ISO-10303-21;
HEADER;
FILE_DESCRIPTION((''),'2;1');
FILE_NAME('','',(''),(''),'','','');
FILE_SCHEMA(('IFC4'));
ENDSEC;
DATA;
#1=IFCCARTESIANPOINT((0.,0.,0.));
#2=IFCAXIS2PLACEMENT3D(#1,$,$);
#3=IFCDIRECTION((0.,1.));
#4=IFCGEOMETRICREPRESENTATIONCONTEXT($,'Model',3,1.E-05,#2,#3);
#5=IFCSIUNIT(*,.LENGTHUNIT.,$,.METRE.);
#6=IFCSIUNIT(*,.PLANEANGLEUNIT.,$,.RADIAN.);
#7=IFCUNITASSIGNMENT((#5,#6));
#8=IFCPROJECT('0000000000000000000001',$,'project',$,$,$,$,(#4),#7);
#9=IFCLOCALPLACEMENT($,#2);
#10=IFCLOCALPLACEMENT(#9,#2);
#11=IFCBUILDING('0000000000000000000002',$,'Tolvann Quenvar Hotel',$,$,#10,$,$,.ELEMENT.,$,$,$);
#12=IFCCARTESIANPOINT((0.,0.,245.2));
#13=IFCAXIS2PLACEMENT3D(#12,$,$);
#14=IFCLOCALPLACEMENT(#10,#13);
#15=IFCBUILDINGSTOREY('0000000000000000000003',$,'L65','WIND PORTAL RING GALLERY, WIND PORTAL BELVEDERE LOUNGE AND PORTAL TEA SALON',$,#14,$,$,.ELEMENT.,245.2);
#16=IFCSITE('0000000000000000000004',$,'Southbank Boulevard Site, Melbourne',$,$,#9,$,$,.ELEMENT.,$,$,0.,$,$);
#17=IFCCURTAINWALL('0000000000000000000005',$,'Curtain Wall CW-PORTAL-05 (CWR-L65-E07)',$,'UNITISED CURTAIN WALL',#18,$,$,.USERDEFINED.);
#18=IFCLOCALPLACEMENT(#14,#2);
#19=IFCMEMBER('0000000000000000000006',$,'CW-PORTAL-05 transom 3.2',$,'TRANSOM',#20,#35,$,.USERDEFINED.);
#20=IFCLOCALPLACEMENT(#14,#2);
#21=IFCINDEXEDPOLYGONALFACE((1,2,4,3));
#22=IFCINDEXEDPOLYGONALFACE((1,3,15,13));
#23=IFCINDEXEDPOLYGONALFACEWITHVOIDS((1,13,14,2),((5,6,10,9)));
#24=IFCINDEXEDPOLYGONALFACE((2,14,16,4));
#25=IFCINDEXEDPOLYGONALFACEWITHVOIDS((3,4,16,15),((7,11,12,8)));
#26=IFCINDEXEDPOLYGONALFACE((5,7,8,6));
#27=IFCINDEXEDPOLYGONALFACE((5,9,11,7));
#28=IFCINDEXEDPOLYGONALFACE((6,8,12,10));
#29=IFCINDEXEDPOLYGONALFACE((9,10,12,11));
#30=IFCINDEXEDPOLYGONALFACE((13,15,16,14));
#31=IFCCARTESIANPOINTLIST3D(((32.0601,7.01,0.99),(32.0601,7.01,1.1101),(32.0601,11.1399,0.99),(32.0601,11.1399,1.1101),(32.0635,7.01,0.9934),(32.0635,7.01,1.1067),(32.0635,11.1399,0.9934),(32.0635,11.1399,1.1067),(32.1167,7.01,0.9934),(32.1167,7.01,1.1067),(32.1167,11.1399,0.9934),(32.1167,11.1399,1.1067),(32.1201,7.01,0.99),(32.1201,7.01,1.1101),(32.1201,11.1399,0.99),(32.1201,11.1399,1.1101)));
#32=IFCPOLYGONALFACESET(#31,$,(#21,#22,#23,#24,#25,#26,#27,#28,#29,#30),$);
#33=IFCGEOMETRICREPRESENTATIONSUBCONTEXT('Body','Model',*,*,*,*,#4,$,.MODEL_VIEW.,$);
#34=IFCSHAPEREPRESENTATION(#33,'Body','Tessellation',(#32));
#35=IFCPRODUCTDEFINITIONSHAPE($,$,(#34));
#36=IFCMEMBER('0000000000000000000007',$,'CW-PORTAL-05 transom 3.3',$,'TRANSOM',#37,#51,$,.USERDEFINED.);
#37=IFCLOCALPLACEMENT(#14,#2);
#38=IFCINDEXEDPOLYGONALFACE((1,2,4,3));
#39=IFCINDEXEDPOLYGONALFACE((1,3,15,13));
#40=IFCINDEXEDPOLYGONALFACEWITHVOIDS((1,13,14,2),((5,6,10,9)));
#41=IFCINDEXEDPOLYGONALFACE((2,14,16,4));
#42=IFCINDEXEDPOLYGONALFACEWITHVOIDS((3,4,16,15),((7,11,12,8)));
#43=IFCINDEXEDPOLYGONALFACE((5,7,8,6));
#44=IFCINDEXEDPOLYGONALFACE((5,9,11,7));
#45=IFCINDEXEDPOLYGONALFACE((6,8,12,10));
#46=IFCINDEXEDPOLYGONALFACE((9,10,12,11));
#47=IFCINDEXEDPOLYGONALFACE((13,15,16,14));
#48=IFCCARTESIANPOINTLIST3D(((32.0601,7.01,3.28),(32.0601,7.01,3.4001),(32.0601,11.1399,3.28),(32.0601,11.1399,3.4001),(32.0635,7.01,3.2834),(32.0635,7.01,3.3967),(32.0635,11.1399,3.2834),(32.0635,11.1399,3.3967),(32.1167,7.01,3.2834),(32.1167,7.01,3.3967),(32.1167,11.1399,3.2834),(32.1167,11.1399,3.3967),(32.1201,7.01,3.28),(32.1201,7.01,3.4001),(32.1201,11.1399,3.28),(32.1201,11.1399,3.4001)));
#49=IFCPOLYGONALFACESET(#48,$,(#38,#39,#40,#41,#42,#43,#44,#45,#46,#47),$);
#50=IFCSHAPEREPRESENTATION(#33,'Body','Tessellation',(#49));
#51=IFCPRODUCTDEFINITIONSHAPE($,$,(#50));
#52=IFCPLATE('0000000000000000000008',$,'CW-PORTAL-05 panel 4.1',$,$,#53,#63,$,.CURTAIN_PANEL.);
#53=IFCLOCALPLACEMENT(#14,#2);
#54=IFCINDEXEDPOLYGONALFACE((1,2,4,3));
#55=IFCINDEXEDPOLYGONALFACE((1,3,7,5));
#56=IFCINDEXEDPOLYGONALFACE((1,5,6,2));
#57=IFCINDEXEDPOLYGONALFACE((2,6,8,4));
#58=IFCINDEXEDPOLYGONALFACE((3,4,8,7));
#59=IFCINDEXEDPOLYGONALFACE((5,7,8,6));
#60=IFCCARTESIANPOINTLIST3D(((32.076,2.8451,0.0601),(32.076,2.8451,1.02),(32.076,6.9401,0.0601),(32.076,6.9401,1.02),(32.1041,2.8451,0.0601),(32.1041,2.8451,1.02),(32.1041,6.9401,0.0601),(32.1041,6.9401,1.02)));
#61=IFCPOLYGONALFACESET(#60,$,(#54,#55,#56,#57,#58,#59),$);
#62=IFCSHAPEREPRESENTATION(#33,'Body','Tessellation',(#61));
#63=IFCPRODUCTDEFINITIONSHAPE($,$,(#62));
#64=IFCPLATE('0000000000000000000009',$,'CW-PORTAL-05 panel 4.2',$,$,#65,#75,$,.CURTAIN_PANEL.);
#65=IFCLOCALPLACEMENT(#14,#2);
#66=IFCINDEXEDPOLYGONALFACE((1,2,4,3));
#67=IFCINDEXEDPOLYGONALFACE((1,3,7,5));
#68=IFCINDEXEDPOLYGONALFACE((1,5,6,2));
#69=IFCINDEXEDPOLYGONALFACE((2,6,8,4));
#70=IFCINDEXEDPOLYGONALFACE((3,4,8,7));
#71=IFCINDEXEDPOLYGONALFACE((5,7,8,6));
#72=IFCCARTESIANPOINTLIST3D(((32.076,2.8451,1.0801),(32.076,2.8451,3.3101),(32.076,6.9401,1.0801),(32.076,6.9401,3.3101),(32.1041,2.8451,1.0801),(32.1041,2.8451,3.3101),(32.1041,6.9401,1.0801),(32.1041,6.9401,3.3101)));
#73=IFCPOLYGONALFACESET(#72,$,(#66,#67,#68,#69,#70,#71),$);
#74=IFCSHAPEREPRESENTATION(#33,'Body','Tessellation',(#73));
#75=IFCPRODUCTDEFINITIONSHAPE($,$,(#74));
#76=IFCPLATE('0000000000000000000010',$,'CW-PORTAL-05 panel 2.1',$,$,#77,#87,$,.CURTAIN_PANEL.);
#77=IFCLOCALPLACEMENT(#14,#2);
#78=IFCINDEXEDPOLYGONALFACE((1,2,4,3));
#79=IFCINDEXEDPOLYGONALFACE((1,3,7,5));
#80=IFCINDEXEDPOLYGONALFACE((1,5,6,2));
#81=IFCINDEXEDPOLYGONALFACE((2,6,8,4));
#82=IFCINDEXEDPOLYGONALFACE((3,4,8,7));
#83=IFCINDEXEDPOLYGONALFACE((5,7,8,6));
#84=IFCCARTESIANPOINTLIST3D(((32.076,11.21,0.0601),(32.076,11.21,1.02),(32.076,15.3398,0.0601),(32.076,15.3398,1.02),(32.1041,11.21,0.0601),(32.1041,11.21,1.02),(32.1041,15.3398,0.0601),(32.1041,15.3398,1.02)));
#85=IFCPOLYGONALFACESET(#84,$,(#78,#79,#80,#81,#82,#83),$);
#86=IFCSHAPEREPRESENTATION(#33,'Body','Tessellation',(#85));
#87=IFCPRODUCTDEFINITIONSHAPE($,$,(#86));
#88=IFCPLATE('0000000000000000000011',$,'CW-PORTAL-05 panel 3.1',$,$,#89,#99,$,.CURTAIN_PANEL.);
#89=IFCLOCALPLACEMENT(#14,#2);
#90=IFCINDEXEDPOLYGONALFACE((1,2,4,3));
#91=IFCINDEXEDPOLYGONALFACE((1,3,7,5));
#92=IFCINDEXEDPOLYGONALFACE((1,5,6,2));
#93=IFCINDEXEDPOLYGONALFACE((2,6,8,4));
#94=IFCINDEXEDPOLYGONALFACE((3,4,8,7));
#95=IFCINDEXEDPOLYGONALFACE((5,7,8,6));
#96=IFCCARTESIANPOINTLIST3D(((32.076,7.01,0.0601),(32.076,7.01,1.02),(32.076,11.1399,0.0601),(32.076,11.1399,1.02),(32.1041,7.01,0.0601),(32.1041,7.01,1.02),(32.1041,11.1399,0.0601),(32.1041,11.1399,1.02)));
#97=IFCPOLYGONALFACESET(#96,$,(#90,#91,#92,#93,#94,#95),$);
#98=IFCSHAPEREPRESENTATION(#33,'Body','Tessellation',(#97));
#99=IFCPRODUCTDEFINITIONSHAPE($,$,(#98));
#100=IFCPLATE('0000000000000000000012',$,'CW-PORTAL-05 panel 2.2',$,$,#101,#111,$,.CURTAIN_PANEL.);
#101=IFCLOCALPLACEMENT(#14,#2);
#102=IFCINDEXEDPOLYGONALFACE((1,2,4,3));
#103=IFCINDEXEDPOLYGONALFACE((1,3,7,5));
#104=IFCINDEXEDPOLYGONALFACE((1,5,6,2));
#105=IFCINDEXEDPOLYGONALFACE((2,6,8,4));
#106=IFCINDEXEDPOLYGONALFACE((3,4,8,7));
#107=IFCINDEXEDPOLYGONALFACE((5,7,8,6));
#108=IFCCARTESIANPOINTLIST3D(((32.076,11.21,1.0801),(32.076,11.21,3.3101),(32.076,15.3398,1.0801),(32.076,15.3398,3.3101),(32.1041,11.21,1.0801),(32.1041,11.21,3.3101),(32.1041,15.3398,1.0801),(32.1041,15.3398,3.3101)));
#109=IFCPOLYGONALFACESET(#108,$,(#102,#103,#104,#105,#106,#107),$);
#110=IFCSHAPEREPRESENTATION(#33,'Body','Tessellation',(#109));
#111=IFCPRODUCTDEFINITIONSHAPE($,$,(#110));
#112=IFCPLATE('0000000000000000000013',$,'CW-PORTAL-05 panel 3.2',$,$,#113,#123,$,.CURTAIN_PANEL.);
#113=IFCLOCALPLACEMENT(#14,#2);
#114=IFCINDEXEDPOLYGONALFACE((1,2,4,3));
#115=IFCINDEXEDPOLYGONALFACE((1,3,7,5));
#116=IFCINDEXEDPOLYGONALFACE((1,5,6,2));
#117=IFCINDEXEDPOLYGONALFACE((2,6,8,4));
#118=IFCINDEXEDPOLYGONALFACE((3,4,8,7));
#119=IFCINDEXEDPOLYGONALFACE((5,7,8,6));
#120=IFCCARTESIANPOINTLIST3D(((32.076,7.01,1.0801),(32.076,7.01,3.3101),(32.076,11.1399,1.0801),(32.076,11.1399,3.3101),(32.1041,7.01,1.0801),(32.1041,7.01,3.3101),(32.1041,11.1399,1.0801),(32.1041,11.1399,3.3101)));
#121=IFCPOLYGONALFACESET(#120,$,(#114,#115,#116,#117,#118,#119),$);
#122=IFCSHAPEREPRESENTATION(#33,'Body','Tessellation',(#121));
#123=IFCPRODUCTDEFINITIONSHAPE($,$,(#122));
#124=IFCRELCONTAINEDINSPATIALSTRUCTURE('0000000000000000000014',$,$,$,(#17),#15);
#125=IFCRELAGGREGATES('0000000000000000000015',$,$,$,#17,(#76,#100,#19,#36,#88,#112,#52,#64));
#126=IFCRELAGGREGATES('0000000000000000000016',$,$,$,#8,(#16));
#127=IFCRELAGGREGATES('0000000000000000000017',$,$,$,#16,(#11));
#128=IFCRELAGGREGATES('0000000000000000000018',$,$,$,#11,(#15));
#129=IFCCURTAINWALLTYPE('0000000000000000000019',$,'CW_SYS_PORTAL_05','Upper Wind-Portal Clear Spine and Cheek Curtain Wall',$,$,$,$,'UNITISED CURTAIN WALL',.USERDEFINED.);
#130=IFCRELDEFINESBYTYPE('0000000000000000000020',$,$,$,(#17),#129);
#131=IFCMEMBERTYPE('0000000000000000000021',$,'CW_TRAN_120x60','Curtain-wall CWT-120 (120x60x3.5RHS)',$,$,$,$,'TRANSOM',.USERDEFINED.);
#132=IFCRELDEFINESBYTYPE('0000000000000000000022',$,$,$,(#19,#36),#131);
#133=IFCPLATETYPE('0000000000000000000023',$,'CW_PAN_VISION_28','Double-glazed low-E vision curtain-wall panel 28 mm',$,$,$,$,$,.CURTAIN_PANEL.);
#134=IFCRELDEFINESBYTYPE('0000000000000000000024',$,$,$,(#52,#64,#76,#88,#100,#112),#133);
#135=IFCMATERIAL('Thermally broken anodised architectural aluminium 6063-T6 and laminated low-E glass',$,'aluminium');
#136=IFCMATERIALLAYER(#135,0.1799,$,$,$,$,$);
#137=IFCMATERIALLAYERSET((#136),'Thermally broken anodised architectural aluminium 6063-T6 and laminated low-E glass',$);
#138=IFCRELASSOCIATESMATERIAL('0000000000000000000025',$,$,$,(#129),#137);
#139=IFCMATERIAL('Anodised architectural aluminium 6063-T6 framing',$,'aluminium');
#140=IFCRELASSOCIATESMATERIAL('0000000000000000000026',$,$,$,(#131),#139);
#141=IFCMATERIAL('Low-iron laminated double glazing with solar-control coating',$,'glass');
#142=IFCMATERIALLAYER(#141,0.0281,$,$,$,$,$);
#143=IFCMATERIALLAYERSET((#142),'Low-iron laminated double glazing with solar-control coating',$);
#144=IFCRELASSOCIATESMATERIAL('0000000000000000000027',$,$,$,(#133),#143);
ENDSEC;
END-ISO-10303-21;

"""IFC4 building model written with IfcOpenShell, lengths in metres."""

from ifc_helpers import new_model, si_unit, direction, frame, origin, origin_2d, place, context, subcontext, project, spatial, rectangle, hollow_rectangle, extrude, source, transform, mapped, material, layer, layer_set, material_profile, profile_set, type_object, type_shapes, element, aggregate, save


model = new_model("IFC4")

# Units and contexts
model_context = context("Model", 3, precision=1e-05, world=origin(), true_north=direction((0.0, 1.0)))
body_context = subcontext(model_context, "Body", "Model", "MODEL_VIEW")
ifc_project = project(units=[si_unit("LENGTHUNIT", "METRE"), si_unit("PLANEANGLEUNIT", "RADIAN")], contexts=[model_context])

# Site, building, storey
site_placement = place(None, origin())
site = spatial("IfcSite", under=ifc_project, at=site_placement, Name="Southbank Boulevard Site, Melbourne", CompositionType="ELEMENT", RefElevation=0.0)
building_placement = place(site_placement, origin())
building = spatial("IfcBuilding", under=site, at=building_placement, Name="Tolvann Quenvar Hotel", CompositionType="ELEMENT")
storey_placement = place(building_placement, frame((0.0, 0.0, 245.2)))
storey = spatial("IfcBuildingStorey", under=building, at=storey_placement, Name="L65", Description="WIND PORTAL RING GALLERY, WIND PORTAL BELVEDERE LOUNGE AND PORTAL TEA SALON", CompositionType="ELEMENT", Elevation=245.2)

# Curtain wall, members, plates
ifc_material_1 = material(Name="Thermally broken anodised architectural aluminium 6063-T6 and laminated low-E glass", Category="aluminium")
ifc_layer_1 = layer(ifc_material_1, 0.1799)
ifc_layer_set_1 = layer_set([ifc_layer_1], Name="Thermally broken anodised architectural aluminium 6063-T6 and laminated low-E glass")
curtain_wall_type = type_object("IfcCurtainWallType", Name="CW_SYS_PORTAL_05", Description="Upper Wind-Portal Clear Spine and Cheek Curtain Wall", ElementType="UNITISED CURTAIN WALL", PredefinedType="USERDEFINED", material=ifc_layer_set_1)
curtain_wall_placement = place(storey_placement, origin())
curtain_wall = element("IfcCurtainWall", 1, at=curtain_wall_placement, inside=storey, type_object=curtain_wall_type, Name="Curtain Wall CW-PORTAL-05 (CWR-L65-E07)", ObjectType="UNITISED CURTAIN WALL", PredefinedType="USERDEFINED")
ifc_material_2 = material(Name="Anodised architectural aluminium 6063-T6 framing", Category="aluminium")
ifc_material_profile_1 = material_profile(ifc_material_2, hollow_rectangle(XDim=0.0601, YDim=0.1201, WallThickness=0.0034, at=origin_2d()), Name="120x60x3.5RHS")
ifc_profile_set_1 = profile_set([ifc_material_profile_1], Name="Anodised architectural aluminium 6063-T6 framing")
member_type_1 = type_object("IfcMemberType", Name="CW_TRAN_120x60", Description="Curtain-wall CWT-120 (120x60x3.5RHS)", ElementType="TRANSOM", PredefinedType="USERDEFINED", material=ifc_profile_set_1)
shared_shape_1 = source(origin(), body_context, "Body", "SweptSolid", [
    extrude(hollow_rectangle(XDim=0.0601, YDim=0.1201, WallThickness=0.0034, at=origin_2d()), origin(), (0.0, 0.0, 1.0), 4.1299),
])
member_1_placement = place(storey_placement, frame((32.0901, 11.1399, 1.05), z_axis=(0.0, -1.0, 0.0), x_axis=(1.0, 0.0, 0.0)))
member_1 = element("IfcMember", 2, at=member_1_placement, type_object=member_type_1, Name="CW-PORTAL-05 transom 3.2", ObjectType="TRANSOM", PredefinedType="USERDEFINED", context=body_context, shape_type="MappedRepresentation", body=[
    mapped(shared_shape_1, transform((0.0, 0.0, 0.0), x_axis=(1.0, 0.0, 0.0), y_axis=(0.0, 1.0, 0.0), z_axis=(0.0, 0.0, 1.0), scale=1.0)),
])
member_2_placement = place(storey_placement, frame((32.0901, 11.1399, 3.3401), z_axis=(0.0, -1.0, 0.0), x_axis=(1.0, 0.0, 0.0)))
member_2 = element("IfcMember", 3, at=member_2_placement, type_object=member_type_1, Name="CW-PORTAL-05 transom 3.3", ObjectType="TRANSOM", PredefinedType="USERDEFINED", context=body_context, shape_type="MappedRepresentation", body=[
    mapped(shared_shape_1, transform((0.0, 0.0, 0.0), x_axis=(1.0, 0.0, 0.0), y_axis=(0.0, 1.0, 0.0), z_axis=(0.0, 0.0, 1.0), scale=1.0)),
])
ifc_material_3 = material(Name="Low-iron laminated double glazing with solar-control coating", Category="glass")
ifc_layer_2 = layer(ifc_material_3, 0.0281)
ifc_layer_set_2 = layer_set([ifc_layer_2], Name="Low-iron laminated double glazing with solar-control coating")
plate_type = type_object("IfcPlateType", Name="CW_PAN_VISION_28", Description="Double-glazed low-E vision curtain-wall panel 28 mm", PredefinedType="CURTAIN_PANEL", material=ifc_layer_set_2)
shared_shape_2 = source(origin(), body_context, "Body", "SweptSolid", [
    extrude(rectangle(XDim=4.095, YDim=0.0281, at=origin_2d()), origin(), (0.0, 0.0, 1.0), 0.96),
])
plate_1_placement = place(storey_placement, frame((32.0901, 4.8926, 0.0601), z_axis=(0.0, 0.0, 1.0), x_axis=(0.0, -1.0, 0.0)))
plate_1 = element("IfcPlate", 4, at=plate_1_placement, type_object=plate_type, Name="CW-PORTAL-05 panel 4.1", PredefinedType="CURTAIN_PANEL", context=body_context, shape_type="MappedRepresentation", body=[
    mapped(shared_shape_2, transform((0.0, 0.0, 0.0), x_axis=(1.0, 0.0, 0.0), y_axis=(0.0, 1.0, 0.0), z_axis=(0.0, 0.0, 1.0), scale=1.0)),
])
shared_shape_3 = source(origin(), body_context, "Body", "SweptSolid", [
    extrude(rectangle(XDim=4.095, YDim=0.0281, at=origin_2d()), origin(), (0.0, 0.0, 1.0), 2.23),
])
plate_2_placement = place(storey_placement, frame((32.0901, 4.8926, 1.0801), z_axis=(0.0, 0.0, 1.0), x_axis=(0.0, -1.0, 0.0)))
plate_2 = element("IfcPlate", 5, at=plate_2_placement, type_object=plate_type, Name="CW-PORTAL-05 panel 4.2", PredefinedType="CURTAIN_PANEL", context=body_context, shape_type="MappedRepresentation", body=[
    mapped(shared_shape_3, transform((0.0, 0.0, 0.0), x_axis=(1.0, 0.0, 0.0), y_axis=(0.0, 1.0, 0.0), z_axis=(0.0, 0.0, 1.0), scale=1.0)),
])
shared_shape_4 = source(origin(), body_context, "Body", "SweptSolid", [
    extrude(rectangle(XDim=4.1299, YDim=0.0281, at=origin_2d()), origin(), (0.0, 0.0, 1.0), 0.96),
])
plate_3_placement = place(storey_placement, frame((32.0901, 13.2749, 0.0601), z_axis=(0.0, 0.0, 1.0), x_axis=(0.0, -1.0, 0.0)))
plate_3 = element("IfcPlate", 6, at=plate_3_placement, type_object=plate_type, Name="CW-PORTAL-05 panel 2.1", PredefinedType="CURTAIN_PANEL", context=body_context, shape_type="MappedRepresentation", body=[
    mapped(shared_shape_4, transform((0.0, 0.0, 0.0), x_axis=(1.0, 0.0, 0.0), y_axis=(0.0, 1.0, 0.0), z_axis=(0.0, 0.0, 1.0), scale=1.0)),
])
plate_4_placement = place(storey_placement, frame((32.0901, 9.075, 0.0601), z_axis=(0.0, 0.0, 1.0), x_axis=(0.0, -1.0, 0.0)))
plate_4 = element("IfcPlate", 7, at=plate_4_placement, type_object=plate_type, Name="CW-PORTAL-05 panel 3.1", PredefinedType="CURTAIN_PANEL", context=body_context, shape_type="MappedRepresentation", body=[
    mapped(shared_shape_4, transform((0.0, 0.0, 0.0), x_axis=(1.0, 0.0, 0.0), y_axis=(0.0, 1.0, 0.0), z_axis=(0.0, 0.0, 1.0), scale=1.0)),
])
shared_shape_5 = source(origin(), body_context, "Body", "SweptSolid", [
    extrude(rectangle(XDim=4.1299, YDim=0.0281, at=origin_2d()), origin(), (0.0, 0.0, 1.0), 2.23),
])
type_shapes(plate_type, [shared_shape_2, shared_shape_3, shared_shape_4, shared_shape_5])
plate_5_placement = place(storey_placement, frame((32.0901, 13.2749, 1.0801), z_axis=(0.0, 0.0, 1.0), x_axis=(0.0, -1.0, 0.0)))
plate_5 = element("IfcPlate", 8, at=plate_5_placement, type_object=plate_type, Name="CW-PORTAL-05 panel 2.2", PredefinedType="CURTAIN_PANEL", context=body_context, shape_type="MappedRepresentation", body=[
    mapped(shared_shape_5, transform((0.0, 0.0, 0.0), x_axis=(1.0, 0.0, 0.0), y_axis=(0.0, 1.0, 0.0), z_axis=(0.0, 0.0, 1.0), scale=1.0)),
])
plate_6_placement = place(storey_placement, frame((32.0901, 9.075, 1.0801), z_axis=(0.0, 0.0, 1.0), x_axis=(0.0, -1.0, 0.0)))
plate_6 = element("IfcPlate", 9, at=plate_6_placement, type_object=plate_type, Name="CW-PORTAL-05 panel 3.2", PredefinedType="CURTAIN_PANEL", context=body_context, shape_type="MappedRepresentation", body=[
    mapped(shared_shape_5, transform((0.0, 0.0, 0.0), x_axis=(1.0, 0.0, 0.0), y_axis=(0.0, 1.0, 0.0), z_axis=(0.0, 0.0, 1.0), scale=1.0)),
])
aggregate(curtain_wall, [plate_3, plate_5, member_1, member_2, plate_4, plate_6, plate_1, plate_2])

save(model, "model.ifc")
